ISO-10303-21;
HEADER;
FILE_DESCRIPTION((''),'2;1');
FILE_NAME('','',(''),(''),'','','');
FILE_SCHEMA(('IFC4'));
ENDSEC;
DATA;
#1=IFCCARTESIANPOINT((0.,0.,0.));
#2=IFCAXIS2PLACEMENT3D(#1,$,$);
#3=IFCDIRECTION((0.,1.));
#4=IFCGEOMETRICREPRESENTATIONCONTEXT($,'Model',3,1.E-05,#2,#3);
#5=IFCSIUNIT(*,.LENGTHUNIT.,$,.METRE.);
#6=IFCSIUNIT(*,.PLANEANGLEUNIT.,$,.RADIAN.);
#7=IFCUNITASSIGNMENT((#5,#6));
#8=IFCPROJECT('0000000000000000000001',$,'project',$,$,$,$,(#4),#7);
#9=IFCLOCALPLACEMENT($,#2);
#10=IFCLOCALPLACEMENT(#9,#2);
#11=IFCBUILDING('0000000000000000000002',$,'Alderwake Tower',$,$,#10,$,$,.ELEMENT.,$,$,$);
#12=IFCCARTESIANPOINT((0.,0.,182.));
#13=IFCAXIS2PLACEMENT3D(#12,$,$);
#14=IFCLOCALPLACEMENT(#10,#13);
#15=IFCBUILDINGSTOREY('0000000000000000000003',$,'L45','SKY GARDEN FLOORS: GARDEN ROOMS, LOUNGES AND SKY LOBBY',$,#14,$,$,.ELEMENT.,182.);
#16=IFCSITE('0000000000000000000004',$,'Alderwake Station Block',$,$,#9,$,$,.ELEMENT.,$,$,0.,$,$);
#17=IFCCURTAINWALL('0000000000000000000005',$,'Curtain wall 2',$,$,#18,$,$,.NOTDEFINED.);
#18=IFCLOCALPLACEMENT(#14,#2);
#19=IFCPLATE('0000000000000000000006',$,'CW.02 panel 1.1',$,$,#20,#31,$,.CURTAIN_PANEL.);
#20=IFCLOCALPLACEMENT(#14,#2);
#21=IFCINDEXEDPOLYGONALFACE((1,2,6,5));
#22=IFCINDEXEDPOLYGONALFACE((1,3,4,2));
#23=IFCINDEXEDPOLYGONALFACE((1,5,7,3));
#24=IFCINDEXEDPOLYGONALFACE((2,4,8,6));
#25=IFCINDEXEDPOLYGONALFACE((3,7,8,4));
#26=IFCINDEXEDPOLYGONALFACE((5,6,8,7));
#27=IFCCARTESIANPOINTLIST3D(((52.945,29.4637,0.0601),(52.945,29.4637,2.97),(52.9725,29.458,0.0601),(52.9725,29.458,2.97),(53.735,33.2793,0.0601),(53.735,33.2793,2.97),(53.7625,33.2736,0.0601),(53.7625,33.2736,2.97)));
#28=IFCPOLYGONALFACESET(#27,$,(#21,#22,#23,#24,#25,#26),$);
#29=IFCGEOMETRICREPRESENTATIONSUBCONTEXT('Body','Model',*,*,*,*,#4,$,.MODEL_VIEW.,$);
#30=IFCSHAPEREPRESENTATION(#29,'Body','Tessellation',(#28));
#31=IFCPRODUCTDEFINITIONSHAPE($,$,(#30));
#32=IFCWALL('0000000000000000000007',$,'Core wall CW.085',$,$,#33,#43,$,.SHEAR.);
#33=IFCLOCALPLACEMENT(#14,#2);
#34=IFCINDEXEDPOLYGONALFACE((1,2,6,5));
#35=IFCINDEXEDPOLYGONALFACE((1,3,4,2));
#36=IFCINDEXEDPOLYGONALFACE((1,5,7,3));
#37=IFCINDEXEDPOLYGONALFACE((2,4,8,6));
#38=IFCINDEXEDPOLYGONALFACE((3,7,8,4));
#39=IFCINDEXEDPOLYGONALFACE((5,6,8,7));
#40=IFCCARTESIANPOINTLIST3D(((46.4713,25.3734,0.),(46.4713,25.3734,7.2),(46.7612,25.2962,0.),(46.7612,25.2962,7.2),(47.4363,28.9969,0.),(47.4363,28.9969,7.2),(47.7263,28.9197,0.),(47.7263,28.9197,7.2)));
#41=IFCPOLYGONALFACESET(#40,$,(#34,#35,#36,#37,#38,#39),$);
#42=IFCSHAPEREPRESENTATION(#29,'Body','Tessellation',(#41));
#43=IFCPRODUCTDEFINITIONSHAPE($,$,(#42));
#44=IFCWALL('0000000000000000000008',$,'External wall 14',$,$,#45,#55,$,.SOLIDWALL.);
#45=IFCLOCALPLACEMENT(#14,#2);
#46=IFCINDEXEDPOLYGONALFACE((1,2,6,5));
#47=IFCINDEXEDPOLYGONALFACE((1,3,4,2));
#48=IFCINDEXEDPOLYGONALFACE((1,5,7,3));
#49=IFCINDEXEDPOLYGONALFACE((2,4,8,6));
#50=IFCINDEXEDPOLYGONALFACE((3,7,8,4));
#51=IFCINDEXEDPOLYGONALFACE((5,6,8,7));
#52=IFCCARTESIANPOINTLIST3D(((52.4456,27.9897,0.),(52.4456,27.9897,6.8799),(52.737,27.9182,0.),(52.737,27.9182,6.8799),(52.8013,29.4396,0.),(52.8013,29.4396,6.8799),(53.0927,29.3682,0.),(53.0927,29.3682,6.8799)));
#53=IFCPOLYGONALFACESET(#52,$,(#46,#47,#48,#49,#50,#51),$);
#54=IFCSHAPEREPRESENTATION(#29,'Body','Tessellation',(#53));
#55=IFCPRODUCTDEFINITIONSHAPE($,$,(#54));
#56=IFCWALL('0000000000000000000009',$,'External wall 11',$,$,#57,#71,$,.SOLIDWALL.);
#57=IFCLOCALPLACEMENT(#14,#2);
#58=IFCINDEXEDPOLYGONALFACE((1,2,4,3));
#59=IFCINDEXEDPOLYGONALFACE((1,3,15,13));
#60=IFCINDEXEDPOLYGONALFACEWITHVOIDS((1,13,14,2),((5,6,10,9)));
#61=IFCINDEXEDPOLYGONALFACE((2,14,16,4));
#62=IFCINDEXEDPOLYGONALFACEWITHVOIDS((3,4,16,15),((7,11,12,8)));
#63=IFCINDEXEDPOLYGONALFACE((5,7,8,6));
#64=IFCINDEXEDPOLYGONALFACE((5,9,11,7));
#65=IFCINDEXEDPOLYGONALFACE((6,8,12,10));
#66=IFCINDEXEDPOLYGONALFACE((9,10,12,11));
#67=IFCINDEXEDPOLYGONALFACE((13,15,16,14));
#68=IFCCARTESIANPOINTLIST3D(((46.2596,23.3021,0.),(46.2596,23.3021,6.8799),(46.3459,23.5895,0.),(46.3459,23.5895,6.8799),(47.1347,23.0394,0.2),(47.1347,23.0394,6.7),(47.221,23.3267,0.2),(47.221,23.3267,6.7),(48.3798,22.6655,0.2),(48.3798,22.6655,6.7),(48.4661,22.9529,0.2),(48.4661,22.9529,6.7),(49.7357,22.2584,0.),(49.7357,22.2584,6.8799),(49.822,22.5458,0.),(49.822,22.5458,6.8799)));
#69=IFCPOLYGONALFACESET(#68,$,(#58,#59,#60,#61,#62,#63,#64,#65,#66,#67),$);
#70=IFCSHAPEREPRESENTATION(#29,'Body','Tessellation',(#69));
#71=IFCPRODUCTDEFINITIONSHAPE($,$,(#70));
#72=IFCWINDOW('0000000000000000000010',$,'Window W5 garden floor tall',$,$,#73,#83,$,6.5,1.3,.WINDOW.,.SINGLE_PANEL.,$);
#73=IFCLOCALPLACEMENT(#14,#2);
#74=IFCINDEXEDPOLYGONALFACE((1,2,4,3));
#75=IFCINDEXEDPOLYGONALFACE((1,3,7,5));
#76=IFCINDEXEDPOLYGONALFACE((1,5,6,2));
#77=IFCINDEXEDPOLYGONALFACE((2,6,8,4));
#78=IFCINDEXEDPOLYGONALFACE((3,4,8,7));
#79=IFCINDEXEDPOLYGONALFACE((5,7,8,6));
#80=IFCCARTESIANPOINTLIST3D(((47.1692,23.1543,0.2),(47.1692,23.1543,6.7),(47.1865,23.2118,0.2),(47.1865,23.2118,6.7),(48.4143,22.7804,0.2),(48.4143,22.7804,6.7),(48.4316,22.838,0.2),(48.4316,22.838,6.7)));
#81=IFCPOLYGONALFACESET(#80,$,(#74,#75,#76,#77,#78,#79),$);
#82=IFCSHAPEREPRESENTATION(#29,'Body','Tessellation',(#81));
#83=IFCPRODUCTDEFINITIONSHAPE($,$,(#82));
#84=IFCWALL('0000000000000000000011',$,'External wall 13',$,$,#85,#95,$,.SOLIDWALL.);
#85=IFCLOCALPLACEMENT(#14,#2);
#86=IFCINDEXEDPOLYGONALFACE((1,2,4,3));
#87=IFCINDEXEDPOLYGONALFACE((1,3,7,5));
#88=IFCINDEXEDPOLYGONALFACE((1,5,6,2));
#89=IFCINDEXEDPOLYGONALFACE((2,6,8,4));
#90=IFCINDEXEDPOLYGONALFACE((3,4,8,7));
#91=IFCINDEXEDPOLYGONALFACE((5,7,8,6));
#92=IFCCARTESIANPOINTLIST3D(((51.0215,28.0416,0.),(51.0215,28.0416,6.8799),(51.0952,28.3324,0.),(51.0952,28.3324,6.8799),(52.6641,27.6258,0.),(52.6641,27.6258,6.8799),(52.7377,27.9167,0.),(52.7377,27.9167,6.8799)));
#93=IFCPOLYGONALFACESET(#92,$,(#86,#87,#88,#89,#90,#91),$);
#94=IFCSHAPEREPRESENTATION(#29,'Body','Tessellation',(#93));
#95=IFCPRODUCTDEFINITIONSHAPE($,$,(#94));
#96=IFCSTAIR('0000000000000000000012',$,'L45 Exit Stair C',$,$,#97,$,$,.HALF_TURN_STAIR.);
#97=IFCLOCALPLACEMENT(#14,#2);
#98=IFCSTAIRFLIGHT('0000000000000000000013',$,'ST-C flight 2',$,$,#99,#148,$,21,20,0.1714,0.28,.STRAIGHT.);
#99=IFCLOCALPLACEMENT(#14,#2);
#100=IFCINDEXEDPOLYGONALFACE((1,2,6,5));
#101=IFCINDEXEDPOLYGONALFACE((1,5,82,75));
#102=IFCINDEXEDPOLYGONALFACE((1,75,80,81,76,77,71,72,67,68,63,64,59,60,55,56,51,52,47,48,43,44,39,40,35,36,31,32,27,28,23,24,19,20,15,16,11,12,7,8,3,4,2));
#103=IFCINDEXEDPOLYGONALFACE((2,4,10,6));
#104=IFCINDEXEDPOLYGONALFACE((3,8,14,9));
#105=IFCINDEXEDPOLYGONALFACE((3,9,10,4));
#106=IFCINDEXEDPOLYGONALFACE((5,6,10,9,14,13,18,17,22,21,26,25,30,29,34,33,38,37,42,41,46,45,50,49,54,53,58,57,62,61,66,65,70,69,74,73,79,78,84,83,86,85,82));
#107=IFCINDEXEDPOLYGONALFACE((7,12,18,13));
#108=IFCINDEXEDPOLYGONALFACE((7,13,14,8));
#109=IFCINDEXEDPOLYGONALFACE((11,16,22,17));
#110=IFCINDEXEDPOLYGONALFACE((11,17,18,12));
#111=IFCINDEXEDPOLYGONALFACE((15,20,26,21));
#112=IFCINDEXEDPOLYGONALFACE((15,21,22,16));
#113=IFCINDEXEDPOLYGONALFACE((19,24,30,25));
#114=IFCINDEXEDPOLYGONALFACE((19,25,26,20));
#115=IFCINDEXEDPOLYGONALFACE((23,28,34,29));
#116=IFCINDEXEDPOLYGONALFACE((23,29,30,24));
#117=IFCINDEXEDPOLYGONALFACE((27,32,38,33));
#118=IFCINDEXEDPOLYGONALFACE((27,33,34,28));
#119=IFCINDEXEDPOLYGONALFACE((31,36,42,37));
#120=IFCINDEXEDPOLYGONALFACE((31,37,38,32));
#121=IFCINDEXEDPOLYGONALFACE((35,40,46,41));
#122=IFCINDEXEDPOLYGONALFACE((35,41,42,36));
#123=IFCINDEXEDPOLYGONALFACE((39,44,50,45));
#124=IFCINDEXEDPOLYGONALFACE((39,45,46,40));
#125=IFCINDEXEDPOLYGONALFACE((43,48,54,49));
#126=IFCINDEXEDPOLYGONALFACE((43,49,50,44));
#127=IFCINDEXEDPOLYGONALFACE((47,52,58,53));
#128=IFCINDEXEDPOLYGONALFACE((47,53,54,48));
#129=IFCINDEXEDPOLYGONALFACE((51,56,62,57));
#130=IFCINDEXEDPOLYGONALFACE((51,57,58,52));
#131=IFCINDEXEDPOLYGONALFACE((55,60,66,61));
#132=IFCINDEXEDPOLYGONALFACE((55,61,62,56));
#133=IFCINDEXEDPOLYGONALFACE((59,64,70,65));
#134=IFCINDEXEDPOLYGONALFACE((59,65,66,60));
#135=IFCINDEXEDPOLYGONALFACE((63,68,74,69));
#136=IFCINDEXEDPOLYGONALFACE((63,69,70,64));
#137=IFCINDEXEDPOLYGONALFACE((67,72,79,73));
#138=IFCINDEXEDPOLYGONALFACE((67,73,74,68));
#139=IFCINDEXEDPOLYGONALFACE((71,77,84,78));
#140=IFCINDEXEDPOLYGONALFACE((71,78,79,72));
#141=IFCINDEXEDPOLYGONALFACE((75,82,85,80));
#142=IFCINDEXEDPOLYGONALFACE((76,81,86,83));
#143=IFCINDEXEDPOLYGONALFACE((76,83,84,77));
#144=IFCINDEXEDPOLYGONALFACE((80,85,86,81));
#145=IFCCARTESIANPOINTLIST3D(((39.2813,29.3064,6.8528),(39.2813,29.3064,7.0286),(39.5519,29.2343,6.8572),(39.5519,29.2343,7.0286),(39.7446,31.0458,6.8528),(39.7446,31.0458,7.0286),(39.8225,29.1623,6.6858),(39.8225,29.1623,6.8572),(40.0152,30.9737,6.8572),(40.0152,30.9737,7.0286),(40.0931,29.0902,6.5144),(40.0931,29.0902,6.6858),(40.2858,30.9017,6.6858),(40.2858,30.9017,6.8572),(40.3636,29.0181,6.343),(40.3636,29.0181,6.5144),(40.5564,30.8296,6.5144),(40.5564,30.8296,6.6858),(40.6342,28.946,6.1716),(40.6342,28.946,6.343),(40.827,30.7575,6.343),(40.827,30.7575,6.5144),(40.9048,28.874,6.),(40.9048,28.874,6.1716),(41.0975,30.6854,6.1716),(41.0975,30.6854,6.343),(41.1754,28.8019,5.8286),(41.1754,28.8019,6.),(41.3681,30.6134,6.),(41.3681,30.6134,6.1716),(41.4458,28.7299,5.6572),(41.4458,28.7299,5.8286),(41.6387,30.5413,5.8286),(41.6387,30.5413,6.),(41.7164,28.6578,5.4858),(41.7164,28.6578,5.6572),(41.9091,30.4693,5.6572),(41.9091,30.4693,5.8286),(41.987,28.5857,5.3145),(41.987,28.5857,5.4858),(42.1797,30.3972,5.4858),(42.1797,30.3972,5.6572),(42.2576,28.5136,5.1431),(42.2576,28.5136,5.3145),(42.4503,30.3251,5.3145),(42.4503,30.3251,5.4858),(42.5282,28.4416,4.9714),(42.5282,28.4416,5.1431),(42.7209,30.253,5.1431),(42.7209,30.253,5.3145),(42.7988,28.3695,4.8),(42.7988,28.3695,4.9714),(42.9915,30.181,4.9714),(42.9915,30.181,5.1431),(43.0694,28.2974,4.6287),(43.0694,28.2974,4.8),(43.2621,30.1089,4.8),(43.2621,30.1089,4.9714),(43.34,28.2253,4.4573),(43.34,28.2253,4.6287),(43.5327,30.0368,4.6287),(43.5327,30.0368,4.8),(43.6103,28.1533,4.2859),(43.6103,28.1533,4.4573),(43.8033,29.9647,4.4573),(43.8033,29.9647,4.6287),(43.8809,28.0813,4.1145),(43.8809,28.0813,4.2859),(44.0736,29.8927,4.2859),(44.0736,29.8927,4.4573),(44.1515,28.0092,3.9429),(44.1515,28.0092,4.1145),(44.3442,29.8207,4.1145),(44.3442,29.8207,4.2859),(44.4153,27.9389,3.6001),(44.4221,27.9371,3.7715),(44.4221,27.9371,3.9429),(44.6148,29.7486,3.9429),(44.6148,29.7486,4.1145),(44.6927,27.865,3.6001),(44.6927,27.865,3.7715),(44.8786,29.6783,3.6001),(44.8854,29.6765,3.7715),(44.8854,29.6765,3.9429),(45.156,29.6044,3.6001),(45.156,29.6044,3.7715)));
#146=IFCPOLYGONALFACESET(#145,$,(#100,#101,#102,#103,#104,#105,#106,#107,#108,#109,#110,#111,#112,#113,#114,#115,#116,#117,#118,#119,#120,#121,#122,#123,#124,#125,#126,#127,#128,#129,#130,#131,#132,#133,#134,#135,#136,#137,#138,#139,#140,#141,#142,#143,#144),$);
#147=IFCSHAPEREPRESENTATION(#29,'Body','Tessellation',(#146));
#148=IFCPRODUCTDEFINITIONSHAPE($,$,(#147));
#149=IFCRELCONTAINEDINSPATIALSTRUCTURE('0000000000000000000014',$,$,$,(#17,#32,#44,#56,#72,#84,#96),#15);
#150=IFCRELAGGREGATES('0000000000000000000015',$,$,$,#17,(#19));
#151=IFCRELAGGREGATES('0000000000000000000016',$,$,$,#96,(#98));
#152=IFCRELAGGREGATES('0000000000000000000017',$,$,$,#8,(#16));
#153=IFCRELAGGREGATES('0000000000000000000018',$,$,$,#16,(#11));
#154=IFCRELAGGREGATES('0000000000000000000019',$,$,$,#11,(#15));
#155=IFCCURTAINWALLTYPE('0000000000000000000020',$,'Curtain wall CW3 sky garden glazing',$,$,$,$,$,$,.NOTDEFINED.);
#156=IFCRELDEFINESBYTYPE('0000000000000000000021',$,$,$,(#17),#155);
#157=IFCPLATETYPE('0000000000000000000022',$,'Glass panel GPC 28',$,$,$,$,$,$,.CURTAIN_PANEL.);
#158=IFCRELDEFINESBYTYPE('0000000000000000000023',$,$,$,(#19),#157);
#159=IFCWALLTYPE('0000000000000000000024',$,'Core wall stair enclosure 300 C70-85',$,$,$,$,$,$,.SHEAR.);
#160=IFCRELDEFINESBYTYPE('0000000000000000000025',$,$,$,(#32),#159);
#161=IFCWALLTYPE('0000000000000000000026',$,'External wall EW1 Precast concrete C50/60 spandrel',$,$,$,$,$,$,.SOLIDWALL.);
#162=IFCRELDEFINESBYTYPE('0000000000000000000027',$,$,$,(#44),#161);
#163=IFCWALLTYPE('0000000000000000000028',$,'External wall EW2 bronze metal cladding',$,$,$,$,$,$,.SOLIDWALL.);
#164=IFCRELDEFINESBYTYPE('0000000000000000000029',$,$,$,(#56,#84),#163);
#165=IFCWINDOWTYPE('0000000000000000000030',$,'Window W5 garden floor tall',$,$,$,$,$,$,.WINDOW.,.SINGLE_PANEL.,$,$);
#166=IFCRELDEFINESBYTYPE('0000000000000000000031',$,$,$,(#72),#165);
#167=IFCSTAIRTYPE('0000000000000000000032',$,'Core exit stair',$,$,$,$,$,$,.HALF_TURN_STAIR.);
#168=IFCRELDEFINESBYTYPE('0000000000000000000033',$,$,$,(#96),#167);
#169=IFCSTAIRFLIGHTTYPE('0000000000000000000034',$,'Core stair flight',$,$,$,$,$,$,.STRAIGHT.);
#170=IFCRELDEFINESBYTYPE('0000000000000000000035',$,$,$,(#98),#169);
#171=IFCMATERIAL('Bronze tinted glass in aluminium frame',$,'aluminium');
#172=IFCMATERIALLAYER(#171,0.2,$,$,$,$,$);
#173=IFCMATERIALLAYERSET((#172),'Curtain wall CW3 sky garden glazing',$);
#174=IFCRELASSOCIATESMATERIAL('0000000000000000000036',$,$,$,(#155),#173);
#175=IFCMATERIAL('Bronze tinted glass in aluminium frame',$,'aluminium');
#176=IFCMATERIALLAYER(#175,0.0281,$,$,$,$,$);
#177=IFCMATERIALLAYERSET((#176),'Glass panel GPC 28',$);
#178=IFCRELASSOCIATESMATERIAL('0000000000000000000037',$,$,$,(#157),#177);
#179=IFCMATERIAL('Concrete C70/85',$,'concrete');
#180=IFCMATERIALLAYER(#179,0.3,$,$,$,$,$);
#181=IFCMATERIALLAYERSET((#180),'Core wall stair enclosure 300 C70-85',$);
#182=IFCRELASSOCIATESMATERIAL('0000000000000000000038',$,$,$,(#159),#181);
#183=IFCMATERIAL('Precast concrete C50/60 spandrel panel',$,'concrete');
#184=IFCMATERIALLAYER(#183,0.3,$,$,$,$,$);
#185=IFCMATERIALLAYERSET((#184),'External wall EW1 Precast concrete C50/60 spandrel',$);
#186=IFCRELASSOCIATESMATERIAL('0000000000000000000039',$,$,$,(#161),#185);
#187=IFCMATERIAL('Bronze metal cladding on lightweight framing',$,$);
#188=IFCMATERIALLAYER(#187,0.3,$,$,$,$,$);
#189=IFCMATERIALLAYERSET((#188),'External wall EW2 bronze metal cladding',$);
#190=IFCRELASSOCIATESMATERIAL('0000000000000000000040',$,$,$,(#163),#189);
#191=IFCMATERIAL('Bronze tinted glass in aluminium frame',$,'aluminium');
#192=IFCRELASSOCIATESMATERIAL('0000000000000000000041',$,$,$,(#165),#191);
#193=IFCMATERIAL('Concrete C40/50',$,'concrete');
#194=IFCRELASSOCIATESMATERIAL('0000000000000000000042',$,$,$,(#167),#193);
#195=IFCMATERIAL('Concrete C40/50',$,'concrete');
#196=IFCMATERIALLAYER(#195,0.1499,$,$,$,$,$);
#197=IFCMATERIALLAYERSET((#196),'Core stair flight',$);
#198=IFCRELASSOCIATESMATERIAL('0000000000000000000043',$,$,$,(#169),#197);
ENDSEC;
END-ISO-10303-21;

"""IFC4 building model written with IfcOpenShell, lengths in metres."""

from ifc_helpers import new_model, si_unit, direction, frame, frame_2d, origin, origin_2d, place, context, subcontext, project, spatial, polyline, rectangle, outline, extrude, material, layer, layer_set, type_object, element, fill, aggregate, save


model = new_model("IFC4")

# Units and contexts
model_context = context("Model", 3, precision=1e-05, world=origin(), true_north=direction((0.0, 1.0)))
body_context = subcontext(model_context, "Body", "Model", "MODEL_VIEW")
ifc_project = project(units=[si_unit("LENGTHUNIT", "METRE"), si_unit("PLANEANGLEUNIT", "RADIAN")], contexts=[model_context])

# Site, building, storey
site_placement = place(None, origin())
site = spatial("IfcSite", under=ifc_project, at=site_placement, Name="Alderwake Station Block", CompositionType="ELEMENT", RefElevation=0.0)
building_placement = place(site_placement, origin())
building = spatial("IfcBuilding", under=site, at=building_placement, Name="Alderwake Tower", CompositionType="ELEMENT")
storey_placement = place(building_placement, frame((0.0, 0.0, 182.0)))
storey = spatial("IfcBuildingStorey", under=building, at=storey_placement, Name="L45", Description="SKY GARDEN FLOORS: GARDEN ROOMS, LOUNGES AND SKY LOBBY", CompositionType="ELEMENT", Elevation=182.0)

# Curtain wall, plate
ifc_material_1 = material(Name="Bronze tinted glass in aluminium frame", Category="aluminium")
ifc_layer_1 = layer(ifc_material_1, 0.2)
ifc_layer_set_1 = layer_set([ifc_layer_1], Name="Curtain wall CW3 sky garden glazing")
curtain_wall_type = type_object("IfcCurtainWallType", Name="Curtain wall CW3 sky garden glazing", PredefinedType="NOTDEFINED", material=ifc_layer_set_1)
curtain_wall_placement = place(storey_placement, origin())
curtain_wall = element("IfcCurtainWall", 1, at=curtain_wall_placement, inside=storey, type_object=curtain_wall_type, Name="Curtain wall 2", PredefinedType="NOTDEFINED")
ifc_material_2 = material(Name="Bronze tinted glass in aluminium frame", Category="aluminium")
ifc_layer_2 = layer(ifc_material_2, 0.0281)
ifc_layer_set_2 = layer_set([ifc_layer_2], Name="Glass panel GPC 28")
plate_type = type_object("IfcPlateType", Name="Glass panel GPC 28", PredefinedType="CURTAIN_PANEL", material=ifc_layer_set_2)
plate_placement = place(storey_placement, frame((53.3538, 31.3687, 0.0601), z_axis=(0.0, 0.0, 1.0), x_axis=(0.202747, 0.979231, 0.0)))
plate = element("IfcPlate", 2, at=plate_placement, type_object=plate_type, Name="CW.02 panel 1.1", PredefinedType="CURTAIN_PANEL", context=body_context, shape_type="SweptSolid", body=[
    extrude(rectangle(XDim=3.8965, YDim=0.0281, at=origin_2d()), origin(), (0.0, 0.0, 1.0), 2.9099),
])
aggregate(curtain_wall, [plate])

# Walls
ifc_material_3 = material(Name="Concrete C70/85", Category="concrete")
ifc_layer_3 = layer(ifc_material_3, 0.3)
ifc_layer_set_3 = layer_set([ifc_layer_3], Name="Core wall stair enclosure 300 C70-85")
wall_type_1 = type_object("IfcWallType", Name="Core wall stair enclosure 300 C70-85", PredefinedType="SHEAR", material=ifc_layer_set_3)
wall_1_placement = place(storey_placement, frame((46.6162, 25.3347, 0.0), z_axis=(0.0, 0.0, 1.0), x_axis=(0.257367, 0.966314, 0.0)))
element("IfcWall", 3, at=wall_1_placement, inside=storey, type_object=wall_type_1, Name="Core wall CW.085", PredefinedType="SHEAR", context=body_context, shape_type="SweptSolid", body=[
    extrude(rectangle(XDim=3.7498, YDim=0.3, at=frame_2d((1.875, 0.0))), origin(), (0.0, 0.0, 1.0), 7.2),
])
ifc_material_4 = material(Name="Precast concrete C50/60 spandrel panel", Category="concrete")
ifc_layer_4 = layer(ifc_material_4, 0.3)
ifc_layer_set_4 = layer_set([ifc_layer_4], Name="External wall EW1 Precast concrete C50/60 spandrel")
wall_type_2 = type_object("IfcWallType", Name="External wall EW1 Precast concrete C50/60 spandrel", PredefinedType="SOLIDWALL", material=ifc_layer_set_4)
wall_2_placement = place(storey_placement, frame((52.5913, 27.9539, 0.0), z_axis=(0.0, 0.0, 1.0), x_axis=(0.238262, 0.971201, 0.0)))
element("IfcWall", 4, at=wall_2_placement, inside=storey, type_object=wall_type_2, Name="External wall 14", PredefinedType="SOLIDWALL", context=body_context, shape_type="SweptSolid", body=[
    extrude(rectangle(XDim=1.4929, YDim=0.3, at=frame_2d((0.7466, 0.0))), origin(), (0.0, 0.0, 1.0), 6.8799),
])

# Wall, opening, window
ifc_material_5 = material(Name="Bronze metal cladding on lightweight framing")
ifc_layer_5 = layer(ifc_material_5, 0.3)
ifc_layer_set_5 = layer_set([ifc_layer_5], Name="External wall EW2 bronze metal cladding")
wall_type_3 = type_object("IfcWallType", Name="External wall EW2 bronze metal cladding", PredefinedType="SOLIDWALL", material=ifc_layer_set_5)
wall_3_placement = place(storey_placement, frame((46.3027, 23.4458, 0.0), z_axis=(0.0, 0.0, 1.0), x_axis=(0.95776, -0.28757, 0.0)))
wall_3 = element("IfcWall", 5, at=wall_3_placement, inside=storey, type_object=wall_type_3, Name="External wall 11", PredefinedType="SOLIDWALL", context=body_context, shape_type="SweptSolid", body=[
    extrude(rectangle(XDim=3.6294, YDim=0.3, at=frame_2d((1.8147, 0.0))), origin(), (0.0, 0.0, 1.0), 6.8799),
])
opening_1_placement = place(wall_3_placement, frame((0.9138, 0.0, 0.2)))
opening_1 = element("IfcOpeningElement", 6, at=opening_1_placement, cuts=wall_3, PredefinedType="OPENING", context=body_context, shape_type="SweptSolid", body=[
    extrude(rectangle(XDim=1.3, YDim=6.5, at=frame_2d((0.6499, 3.25))), frame((0.0, 0.1599, 0.0), z_axis=(0.0, -1.0, 0.0), x_axis=(1.0, 0.0, 0.0)), (0.0, 0.0, 1.0), 0.3201),
])
ifc_material_6 = material(Name="Bronze tinted glass in aluminium frame", Category="aluminium")
window_type = type_object("IfcWindowType", Name="Window W5 garden floor tall", PartitioningType="SINGLE_PANEL", PredefinedType="WINDOW", material=ifc_material_6)
window_1_placement = place(opening_1_placement, origin())
window_1 = element("IfcWindow", 7, at=window_1_placement, inside=storey, type_object=window_type, Name="Window W5 garden floor tall", OverallHeight=6.5, OverallWidth=1.3, PartitioningType="SINGLE_PANEL", PredefinedType="WINDOW", context=body_context, shape_type="SweptSolid", body=[
    extrude(rectangle(XDim=1.3, YDim=6.5, at=frame_2d((0.6499, 3.25))), frame((0.0, 0.03, 0.0), z_axis=(0.0, -1.0, 0.0), x_axis=(1.0, 0.0, 0.0)), (0.0, 0.0, 1.0), 0.0601),
])
fill(opening_1, window_1)

# Wall
wall_4_placement = place(storey_placement, frame((51.0583, 28.187, 0.0), z_axis=(0.0, 0.0, 1.0), x_axis=(0.969426, -0.245382, 0.0)))
element("IfcWall", 8, at=wall_4_placement, inside=storey, type_object=wall_type_3, Name="External wall 13", PredefinedType="SOLIDWALL", context=body_context, shape_type="SweptSolid", body=[
    extrude(rectangle(XDim=1.6943, YDim=0.3, at=frame_2d((0.8472, 0.0))), origin(), (0.0, 0.0, 1.0), 6.8799),
])

# Stair, stair flight
ifc_material_7 = material(Name="Concrete C40/50", Category="concrete")
stair_type = type_object("IfcStairType", Name="Core exit stair", PredefinedType="HALF_TURN_STAIR", material=ifc_material_7)
stair_placement = place(storey_placement, origin())
stair = element("IfcStair", 9, at=stair_placement, inside=storey, type_object=stair_type, Name="L45 Exit Stair C", PredefinedType="HALF_TURN_STAIR")
ifc_material_8 = material(Name="Concrete C40/50", Category="concrete")
ifc_layer_6 = layer(ifc_material_8, 0.1499)
ifc_layer_set_6 = layer_set([ifc_layer_6], Name="Core stair flight")
stair_flight_type = type_object("IfcStairFlightType", Name="Core stair flight", PredefinedType="STRAIGHT", material=ifc_layer_set_6)
stair_flight_placement = place(storey_placement, frame((44.9243, 28.7346, 3.6001), z_axis=(0.0, 0.0, 1.0), x_axis=(-0.96631, 0.257382, 0.0)))
stair_flight = element("IfcStairFlight", 10, at=stair_flight_placement, type_object=stair_flight_type, Name="ST-C flight 2", NumberOfRisers=21, NumberOfTreads=20, PredefinedType="STRAIGHT", RiserHeight=0.1714, TreadLength=0.28, context=body_context, shape_type="SweptSolid", body=[
    extrude(outline(polyline([(0.0, 0.0), (0.0, 0.1714), (0.28, 0.1714), (0.28, 0.3428), (0.5601, 0.3428), (0.5601, 0.5144), (0.8401, 0.5144), (0.8401, 0.6858), (1.1201, 0.6858), (1.1201, 0.8572), (1.3999, 0.8572), (1.3999, 1.0286), (1.6799, 1.0286), (1.6799, 1.2), (1.96, 1.2), (1.96, 1.3713), (2.24, 1.3713), (2.24, 1.543), (2.52, 1.543), (2.52, 1.7144), (2.8, 1.7144), (2.8, 1.8857), (3.0801, 1.8857), (3.0801, 2.0571), (3.3601, 2.0571), (3.3601, 2.2285), (3.6399, 2.2285), (3.6399, 2.3999), (3.9199, 2.3999), (3.9199, 2.5715), (4.2, 2.5715), (4.2, 2.7429), (4.48, 2.7429), (4.48, 2.9143), (4.76, 2.9143), (4.76, 3.0857), (5.04, 3.0857), (5.04, 3.2571), (5.3201, 3.2571), (5.3201, 3.4285), (5.6001, 3.4285), (5.6001, 3.6001), (5.6001, 3.2527), (0.2871, 0.0), (0.0, 0.0)])), frame((0.0, 0.8999, 0.0), z_axis=(0.0, -1.0, 0.0), x_axis=(1.0, 0.0, 0.0)), (0.0, 0.0, 1.0), 1.8),
])
aggregate(stair, [stair_flight])

save(model, "model.ifc")
